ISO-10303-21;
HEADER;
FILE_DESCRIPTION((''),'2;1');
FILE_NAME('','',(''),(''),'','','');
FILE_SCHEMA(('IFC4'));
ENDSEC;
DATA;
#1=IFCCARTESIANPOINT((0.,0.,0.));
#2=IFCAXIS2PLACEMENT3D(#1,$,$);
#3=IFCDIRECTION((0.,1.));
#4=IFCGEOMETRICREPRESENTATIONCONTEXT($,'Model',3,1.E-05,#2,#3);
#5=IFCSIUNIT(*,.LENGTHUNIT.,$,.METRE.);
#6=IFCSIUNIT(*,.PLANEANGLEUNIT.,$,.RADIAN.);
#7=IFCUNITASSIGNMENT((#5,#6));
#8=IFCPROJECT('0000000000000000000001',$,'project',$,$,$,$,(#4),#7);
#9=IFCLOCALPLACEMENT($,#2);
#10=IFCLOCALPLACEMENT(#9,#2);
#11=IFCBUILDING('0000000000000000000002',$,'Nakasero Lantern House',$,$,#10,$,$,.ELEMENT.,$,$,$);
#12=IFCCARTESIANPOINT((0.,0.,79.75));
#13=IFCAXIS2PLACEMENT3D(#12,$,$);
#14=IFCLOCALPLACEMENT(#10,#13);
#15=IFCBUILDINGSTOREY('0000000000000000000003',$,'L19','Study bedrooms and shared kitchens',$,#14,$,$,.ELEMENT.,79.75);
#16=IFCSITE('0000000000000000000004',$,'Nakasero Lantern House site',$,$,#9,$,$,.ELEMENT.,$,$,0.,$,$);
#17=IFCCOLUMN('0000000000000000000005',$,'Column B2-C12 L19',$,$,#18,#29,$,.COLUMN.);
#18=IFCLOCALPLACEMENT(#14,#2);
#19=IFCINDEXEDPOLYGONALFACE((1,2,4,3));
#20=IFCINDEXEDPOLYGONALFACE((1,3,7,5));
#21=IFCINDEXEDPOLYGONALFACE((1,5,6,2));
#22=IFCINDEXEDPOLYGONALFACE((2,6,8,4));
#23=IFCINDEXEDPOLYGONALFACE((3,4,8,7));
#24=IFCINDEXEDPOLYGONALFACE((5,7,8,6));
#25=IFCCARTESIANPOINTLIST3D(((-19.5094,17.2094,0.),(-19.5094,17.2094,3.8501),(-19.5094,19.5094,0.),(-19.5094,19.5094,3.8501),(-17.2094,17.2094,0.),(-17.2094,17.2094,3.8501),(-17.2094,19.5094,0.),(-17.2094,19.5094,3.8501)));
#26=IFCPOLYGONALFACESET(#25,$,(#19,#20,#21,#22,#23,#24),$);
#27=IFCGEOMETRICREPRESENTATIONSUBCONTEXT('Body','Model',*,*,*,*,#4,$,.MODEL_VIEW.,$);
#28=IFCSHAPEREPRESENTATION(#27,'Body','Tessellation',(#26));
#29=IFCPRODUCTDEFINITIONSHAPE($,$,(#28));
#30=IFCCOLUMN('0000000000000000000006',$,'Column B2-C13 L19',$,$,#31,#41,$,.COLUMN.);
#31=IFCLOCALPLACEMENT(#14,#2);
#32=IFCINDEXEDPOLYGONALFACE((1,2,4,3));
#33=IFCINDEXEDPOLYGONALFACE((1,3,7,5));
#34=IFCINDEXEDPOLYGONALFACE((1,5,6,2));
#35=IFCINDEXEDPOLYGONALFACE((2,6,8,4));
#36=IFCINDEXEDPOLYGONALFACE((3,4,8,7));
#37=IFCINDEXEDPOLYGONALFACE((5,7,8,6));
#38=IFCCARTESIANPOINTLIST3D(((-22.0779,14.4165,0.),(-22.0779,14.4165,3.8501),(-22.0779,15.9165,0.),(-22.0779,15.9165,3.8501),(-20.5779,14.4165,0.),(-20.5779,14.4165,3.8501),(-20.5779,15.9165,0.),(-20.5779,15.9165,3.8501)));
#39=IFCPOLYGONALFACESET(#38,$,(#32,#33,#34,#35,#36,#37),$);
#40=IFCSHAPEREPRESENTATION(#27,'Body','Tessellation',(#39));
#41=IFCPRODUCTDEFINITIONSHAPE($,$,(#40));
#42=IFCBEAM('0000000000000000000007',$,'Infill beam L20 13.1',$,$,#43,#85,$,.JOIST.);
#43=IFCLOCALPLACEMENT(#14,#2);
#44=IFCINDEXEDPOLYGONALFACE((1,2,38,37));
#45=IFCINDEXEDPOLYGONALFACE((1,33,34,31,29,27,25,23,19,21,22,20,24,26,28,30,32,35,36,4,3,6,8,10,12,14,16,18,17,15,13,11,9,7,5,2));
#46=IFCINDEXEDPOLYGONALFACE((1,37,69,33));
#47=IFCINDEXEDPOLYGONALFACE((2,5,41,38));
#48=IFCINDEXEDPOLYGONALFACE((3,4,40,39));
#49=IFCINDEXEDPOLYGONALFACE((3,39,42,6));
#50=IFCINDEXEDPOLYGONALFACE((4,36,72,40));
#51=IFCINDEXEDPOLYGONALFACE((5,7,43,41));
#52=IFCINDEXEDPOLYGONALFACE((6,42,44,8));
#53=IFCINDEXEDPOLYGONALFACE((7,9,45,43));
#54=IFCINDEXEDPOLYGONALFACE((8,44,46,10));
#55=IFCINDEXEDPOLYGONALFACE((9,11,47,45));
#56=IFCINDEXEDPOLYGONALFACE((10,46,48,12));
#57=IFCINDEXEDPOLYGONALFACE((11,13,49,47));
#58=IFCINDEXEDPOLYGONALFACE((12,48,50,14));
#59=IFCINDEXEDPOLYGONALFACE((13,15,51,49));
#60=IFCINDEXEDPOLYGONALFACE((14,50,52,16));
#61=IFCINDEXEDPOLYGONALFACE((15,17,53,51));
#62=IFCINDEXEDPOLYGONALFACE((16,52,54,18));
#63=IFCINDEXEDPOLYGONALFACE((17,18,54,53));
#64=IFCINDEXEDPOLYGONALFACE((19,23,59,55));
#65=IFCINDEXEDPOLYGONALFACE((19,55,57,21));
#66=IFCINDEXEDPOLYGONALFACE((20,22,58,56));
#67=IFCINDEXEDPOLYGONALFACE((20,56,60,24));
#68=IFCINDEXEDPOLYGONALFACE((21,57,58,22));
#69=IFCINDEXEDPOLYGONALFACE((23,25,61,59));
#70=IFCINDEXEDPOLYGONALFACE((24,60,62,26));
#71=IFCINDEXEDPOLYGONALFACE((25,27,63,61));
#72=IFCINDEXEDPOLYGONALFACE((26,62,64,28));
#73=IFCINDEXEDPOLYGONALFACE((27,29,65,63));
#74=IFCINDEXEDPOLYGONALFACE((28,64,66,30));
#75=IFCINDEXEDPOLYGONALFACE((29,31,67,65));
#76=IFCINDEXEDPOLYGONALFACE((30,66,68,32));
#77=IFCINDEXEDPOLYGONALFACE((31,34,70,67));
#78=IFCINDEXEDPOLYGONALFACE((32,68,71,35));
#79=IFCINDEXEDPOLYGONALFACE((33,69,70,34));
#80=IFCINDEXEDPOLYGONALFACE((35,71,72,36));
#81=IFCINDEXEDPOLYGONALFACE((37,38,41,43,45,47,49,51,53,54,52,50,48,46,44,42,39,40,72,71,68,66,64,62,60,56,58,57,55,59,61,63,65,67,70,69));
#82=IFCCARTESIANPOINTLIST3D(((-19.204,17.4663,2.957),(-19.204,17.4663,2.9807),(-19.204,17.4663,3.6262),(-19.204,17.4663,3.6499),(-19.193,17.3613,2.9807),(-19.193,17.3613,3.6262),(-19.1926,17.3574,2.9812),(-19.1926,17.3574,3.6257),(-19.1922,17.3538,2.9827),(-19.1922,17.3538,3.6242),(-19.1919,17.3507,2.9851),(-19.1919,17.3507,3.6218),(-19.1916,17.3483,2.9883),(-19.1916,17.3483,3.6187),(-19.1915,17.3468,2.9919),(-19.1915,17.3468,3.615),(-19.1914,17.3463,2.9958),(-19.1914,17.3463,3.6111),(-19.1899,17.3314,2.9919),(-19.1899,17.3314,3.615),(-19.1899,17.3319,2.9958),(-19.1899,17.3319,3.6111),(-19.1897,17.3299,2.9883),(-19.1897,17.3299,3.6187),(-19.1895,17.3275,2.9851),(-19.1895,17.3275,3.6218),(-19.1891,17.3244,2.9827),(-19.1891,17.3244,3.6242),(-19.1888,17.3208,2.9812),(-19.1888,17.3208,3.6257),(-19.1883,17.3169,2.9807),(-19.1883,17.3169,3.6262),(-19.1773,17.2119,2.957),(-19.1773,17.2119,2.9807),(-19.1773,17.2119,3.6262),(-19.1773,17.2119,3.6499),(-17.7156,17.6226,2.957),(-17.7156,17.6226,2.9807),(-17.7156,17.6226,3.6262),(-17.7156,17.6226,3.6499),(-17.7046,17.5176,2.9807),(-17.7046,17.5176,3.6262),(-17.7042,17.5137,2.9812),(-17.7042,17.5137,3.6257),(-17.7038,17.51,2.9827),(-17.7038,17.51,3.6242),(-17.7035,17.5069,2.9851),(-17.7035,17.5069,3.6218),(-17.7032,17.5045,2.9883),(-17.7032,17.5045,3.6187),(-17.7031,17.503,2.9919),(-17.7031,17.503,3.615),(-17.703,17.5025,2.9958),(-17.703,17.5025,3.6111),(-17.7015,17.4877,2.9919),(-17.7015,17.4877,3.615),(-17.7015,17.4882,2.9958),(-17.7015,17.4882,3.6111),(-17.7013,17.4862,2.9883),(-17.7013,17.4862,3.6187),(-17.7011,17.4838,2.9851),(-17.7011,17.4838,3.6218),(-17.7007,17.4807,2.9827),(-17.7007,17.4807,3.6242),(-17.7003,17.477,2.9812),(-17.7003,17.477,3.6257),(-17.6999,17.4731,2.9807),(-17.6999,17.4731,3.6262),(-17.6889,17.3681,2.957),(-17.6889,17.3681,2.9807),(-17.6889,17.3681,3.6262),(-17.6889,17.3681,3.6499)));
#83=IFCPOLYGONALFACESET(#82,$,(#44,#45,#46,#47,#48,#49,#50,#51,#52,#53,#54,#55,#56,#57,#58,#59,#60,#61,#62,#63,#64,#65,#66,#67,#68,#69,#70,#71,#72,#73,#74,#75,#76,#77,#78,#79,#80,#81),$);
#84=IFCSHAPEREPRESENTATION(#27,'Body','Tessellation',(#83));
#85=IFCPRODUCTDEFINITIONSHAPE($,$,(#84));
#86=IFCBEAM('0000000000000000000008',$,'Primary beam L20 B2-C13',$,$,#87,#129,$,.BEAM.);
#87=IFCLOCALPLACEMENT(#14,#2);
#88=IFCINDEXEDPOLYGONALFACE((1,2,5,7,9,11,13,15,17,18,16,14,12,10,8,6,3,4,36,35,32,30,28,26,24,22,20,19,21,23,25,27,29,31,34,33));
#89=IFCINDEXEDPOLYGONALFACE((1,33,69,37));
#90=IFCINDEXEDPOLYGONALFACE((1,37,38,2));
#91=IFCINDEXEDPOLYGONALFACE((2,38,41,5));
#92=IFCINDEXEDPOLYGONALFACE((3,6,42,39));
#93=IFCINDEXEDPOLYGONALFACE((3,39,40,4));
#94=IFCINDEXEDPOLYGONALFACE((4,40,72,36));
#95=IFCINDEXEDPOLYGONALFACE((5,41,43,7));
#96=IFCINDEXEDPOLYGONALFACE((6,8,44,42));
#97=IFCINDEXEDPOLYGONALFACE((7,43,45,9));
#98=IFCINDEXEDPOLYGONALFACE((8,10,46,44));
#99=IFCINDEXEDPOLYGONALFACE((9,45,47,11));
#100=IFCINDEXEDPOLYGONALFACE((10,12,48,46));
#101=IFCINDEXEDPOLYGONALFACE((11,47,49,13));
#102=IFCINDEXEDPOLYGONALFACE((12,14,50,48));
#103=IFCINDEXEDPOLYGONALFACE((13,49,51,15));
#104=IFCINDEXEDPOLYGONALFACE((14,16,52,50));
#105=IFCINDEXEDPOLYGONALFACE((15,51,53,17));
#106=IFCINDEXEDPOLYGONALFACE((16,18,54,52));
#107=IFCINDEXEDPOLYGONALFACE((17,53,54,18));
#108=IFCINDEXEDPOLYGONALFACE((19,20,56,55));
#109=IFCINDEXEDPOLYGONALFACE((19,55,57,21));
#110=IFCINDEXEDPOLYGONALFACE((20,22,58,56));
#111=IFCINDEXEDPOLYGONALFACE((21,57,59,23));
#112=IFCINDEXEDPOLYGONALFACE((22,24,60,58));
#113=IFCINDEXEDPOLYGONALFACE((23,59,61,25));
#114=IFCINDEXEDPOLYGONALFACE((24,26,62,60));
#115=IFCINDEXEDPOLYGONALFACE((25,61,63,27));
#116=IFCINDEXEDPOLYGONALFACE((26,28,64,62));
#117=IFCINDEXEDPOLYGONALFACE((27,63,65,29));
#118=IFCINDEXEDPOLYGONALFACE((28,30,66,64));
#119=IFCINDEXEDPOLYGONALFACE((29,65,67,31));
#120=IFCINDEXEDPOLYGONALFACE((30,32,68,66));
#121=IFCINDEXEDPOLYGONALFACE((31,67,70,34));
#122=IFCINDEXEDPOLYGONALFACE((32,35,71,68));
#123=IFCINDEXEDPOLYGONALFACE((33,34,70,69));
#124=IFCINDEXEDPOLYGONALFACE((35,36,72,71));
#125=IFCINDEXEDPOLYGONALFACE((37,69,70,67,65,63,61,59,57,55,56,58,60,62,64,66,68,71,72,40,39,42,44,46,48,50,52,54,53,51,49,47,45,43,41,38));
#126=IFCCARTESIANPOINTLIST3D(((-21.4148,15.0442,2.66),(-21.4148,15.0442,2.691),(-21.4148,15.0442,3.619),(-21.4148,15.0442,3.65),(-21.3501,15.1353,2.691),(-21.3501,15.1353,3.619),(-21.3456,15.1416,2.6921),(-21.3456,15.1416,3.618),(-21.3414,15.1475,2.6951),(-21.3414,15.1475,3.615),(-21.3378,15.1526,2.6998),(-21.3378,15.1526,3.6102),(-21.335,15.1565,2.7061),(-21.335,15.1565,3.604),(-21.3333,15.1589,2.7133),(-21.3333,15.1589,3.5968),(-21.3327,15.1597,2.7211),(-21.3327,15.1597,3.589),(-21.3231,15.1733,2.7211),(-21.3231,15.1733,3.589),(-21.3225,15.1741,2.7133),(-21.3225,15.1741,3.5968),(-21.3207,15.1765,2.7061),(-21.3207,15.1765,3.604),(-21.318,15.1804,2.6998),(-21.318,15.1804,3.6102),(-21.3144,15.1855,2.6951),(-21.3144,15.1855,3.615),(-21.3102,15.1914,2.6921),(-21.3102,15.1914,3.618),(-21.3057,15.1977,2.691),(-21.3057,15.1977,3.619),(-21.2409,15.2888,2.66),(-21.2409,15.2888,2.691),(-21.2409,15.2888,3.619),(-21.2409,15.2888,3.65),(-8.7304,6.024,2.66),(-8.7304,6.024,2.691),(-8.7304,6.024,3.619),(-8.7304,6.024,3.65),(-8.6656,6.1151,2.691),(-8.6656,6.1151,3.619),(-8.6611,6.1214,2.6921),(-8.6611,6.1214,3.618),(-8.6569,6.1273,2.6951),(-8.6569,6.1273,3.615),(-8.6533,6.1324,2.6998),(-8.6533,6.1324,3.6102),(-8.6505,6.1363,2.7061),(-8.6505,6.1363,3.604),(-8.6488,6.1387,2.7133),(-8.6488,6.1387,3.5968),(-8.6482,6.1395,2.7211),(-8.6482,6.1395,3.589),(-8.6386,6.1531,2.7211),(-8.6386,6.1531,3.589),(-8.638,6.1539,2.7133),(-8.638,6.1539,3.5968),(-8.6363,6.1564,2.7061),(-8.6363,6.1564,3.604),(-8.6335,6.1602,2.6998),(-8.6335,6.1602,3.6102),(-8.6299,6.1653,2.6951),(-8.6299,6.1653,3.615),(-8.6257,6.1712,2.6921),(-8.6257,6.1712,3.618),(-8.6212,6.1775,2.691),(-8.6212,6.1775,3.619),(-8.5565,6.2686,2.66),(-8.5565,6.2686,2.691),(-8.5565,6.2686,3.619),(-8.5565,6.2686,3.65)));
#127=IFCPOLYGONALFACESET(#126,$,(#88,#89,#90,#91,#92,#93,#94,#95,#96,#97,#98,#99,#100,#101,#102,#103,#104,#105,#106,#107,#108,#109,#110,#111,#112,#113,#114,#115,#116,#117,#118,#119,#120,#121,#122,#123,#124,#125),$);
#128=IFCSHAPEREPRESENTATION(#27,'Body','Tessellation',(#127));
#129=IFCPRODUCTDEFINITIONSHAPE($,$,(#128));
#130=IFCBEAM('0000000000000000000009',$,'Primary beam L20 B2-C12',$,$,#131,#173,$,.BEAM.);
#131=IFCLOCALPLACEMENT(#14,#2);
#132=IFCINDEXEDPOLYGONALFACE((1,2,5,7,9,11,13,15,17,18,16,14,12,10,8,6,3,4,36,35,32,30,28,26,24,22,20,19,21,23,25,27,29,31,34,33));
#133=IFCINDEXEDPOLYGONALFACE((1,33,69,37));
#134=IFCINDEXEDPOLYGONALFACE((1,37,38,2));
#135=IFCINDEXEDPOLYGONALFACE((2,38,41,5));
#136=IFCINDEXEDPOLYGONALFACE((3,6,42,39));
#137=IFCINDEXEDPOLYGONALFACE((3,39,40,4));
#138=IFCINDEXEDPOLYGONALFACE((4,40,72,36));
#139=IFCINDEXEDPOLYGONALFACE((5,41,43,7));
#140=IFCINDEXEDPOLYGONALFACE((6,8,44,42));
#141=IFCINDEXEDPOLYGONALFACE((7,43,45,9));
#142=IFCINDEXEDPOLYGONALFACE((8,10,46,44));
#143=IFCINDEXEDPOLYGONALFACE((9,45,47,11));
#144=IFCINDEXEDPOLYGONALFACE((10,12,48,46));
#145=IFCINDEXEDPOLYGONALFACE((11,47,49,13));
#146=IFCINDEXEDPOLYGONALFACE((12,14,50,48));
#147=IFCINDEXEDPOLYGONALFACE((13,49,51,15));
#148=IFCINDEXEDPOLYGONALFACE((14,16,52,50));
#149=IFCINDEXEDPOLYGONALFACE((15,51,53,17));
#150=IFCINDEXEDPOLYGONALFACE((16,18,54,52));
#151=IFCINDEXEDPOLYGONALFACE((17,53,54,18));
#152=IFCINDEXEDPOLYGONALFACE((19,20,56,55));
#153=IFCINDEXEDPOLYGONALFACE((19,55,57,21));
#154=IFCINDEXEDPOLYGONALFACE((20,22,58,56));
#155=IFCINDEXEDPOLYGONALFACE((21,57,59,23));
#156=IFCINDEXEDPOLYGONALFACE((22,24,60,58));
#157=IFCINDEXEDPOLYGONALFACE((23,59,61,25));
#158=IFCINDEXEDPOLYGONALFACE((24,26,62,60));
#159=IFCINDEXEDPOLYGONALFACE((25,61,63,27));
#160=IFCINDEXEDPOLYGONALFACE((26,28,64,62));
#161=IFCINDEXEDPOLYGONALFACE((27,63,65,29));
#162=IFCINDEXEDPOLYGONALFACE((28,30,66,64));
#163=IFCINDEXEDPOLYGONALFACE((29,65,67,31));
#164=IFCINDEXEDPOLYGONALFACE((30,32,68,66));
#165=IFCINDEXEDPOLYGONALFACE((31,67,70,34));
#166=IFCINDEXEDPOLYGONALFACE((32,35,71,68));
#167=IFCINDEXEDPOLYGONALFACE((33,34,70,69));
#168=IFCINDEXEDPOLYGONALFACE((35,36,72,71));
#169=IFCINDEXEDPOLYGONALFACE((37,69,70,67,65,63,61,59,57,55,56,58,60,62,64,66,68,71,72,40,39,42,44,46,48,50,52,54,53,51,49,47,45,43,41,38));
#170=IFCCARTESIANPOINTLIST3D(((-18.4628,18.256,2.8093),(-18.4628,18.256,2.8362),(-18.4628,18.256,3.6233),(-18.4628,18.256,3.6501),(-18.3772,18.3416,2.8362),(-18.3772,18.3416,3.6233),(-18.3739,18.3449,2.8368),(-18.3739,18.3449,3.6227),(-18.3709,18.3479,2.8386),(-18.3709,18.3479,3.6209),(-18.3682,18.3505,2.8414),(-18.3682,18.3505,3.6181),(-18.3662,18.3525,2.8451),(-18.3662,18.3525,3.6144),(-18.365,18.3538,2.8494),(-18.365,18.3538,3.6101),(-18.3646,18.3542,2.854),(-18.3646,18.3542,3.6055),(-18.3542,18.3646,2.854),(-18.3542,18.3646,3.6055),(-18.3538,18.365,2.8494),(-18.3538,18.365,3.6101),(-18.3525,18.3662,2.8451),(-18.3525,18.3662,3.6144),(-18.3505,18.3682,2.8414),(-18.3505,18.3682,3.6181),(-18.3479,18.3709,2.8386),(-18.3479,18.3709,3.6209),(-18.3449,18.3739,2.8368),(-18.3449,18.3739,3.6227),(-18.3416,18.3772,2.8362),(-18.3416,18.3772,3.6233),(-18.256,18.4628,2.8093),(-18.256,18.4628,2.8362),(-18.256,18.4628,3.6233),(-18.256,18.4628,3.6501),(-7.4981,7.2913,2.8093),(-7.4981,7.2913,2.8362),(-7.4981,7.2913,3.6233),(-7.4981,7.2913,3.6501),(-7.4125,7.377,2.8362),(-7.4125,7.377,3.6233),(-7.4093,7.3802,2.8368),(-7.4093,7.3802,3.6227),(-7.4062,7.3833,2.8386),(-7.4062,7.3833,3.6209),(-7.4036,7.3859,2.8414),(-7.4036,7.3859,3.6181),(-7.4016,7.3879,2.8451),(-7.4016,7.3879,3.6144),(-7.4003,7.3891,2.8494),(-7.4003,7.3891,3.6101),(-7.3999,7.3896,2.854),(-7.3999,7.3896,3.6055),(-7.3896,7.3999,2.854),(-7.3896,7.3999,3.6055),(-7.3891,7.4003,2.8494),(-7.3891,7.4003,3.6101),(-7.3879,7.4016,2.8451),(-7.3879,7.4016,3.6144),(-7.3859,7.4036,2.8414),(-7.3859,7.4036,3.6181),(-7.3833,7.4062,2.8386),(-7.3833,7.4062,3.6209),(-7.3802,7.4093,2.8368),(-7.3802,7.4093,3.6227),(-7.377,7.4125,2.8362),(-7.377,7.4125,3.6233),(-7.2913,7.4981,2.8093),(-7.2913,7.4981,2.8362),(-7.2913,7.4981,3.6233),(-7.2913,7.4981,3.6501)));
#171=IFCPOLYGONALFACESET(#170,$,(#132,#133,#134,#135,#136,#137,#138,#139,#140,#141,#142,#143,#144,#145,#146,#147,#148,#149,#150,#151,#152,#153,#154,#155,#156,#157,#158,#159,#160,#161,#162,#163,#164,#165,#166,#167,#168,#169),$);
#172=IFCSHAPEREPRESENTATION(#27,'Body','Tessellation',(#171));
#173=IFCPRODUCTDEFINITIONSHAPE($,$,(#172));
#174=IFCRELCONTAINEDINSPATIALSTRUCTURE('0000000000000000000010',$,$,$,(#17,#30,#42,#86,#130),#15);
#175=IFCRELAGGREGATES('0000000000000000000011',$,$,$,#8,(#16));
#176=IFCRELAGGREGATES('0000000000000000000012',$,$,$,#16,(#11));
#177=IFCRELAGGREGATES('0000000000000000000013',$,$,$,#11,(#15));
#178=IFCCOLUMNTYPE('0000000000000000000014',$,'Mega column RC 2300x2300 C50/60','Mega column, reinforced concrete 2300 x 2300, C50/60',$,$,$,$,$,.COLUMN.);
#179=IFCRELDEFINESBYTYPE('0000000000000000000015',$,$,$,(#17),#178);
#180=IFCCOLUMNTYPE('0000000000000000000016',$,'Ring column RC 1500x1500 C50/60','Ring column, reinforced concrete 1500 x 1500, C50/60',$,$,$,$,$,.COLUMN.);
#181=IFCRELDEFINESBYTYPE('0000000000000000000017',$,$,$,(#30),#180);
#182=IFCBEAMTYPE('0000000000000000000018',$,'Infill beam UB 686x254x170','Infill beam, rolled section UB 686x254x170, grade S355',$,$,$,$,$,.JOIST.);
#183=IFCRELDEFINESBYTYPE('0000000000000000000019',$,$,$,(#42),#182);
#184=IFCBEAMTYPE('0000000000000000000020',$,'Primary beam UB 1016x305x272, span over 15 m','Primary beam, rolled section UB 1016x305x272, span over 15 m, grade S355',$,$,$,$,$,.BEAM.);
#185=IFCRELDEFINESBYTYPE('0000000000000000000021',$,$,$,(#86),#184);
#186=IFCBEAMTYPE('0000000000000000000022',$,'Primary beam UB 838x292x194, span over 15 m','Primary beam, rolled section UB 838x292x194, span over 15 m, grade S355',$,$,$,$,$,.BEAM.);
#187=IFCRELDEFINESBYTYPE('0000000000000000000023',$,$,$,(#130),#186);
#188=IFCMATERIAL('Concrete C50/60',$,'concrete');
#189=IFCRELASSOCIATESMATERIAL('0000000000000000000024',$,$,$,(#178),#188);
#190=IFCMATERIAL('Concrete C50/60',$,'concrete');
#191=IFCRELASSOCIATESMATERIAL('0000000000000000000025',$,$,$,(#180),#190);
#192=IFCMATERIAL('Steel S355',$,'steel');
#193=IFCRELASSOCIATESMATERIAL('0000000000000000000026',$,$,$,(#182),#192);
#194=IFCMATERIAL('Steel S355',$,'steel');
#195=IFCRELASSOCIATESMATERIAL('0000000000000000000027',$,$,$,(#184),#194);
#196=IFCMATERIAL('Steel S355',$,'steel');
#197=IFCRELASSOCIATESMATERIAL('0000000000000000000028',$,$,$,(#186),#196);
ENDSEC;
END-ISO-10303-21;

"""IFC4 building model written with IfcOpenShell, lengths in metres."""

from ifc_helpers import new_model, si_unit, direction, frame, origin, origin_2d, place, context, subcontext, project, spatial, rectangle, i_section, extrude, material, material_profile, profile_set, type_object, element, save


model = new_model("IFC4")

# Units and contexts
model_context = context("Model", 3, precision=1e-05, world=origin(), true_north=direction((0.0, 1.0)))
body_context = subcontext(model_context, "Body", "Model", "MODEL_VIEW")
ifc_project = project(units=[si_unit("LENGTHUNIT", "METRE"), si_unit("PLANEANGLEUNIT", "RADIAN")], contexts=[model_context])

# Site, building, storey
site_placement = place(None, origin())
site = spatial("IfcSite", under=ifc_project, at=site_placement, Name="Nakasero Lantern House site", CompositionType="ELEMENT", RefElevation=0.0)
building_placement = place(site_placement, origin())
building = spatial("IfcBuilding", under=site, at=building_placement, Name="Nakasero Lantern House", CompositionType="ELEMENT")
storey_placement = place(building_placement, frame((0.0, 0.0, 79.75)))
storey = spatial("IfcBuildingStorey", under=building, at=storey_placement, Name="L19", Description="Study bedrooms and shared kitchens", CompositionType="ELEMENT", Elevation=79.75)

# Columns
ifc_material_1 = material(Name="Concrete C50/60", Category="concrete")
ifc_material_profile_1 = material_profile(ifc_material_1, rectangle(XDim=2.3, YDim=2.3, at=origin_2d()), Name="RC 2300x2300")
ifc_profile_set_1 = profile_set([ifc_material_profile_1], Name="Concrete C50/60")
column_type_1 = type_object("IfcColumnType", Name="Mega column RC 2300x2300 C50/60", Description="Mega column, reinforced concrete 2300 x 2300, C50/60", PredefinedType="COLUMN", material=ifc_profile_set_1)
column_1_placement = place(storey_placement, frame((-18.3594, 18.3594, 0.0), z_axis=(0.0, 0.0, 1.0), x_axis=(1.0, 0.0, 0.0)))
element("IfcColumn", 1, at=column_1_placement, inside=storey, type_object=column_type_1, Name="Column B2-C12 L19", PredefinedType="COLUMN", context=body_context, shape_type="SweptSolid", body=[
    extrude(rectangle(XDim=2.3, YDim=2.3, at=origin_2d()), origin(), (0.0, 0.0, 1.0), 3.8501),
])
ifc_material_2 = material(Name="Concrete C50/60", Category="concrete")
ifc_material_profile_2 = material_profile(ifc_material_2, rectangle(XDim=1.5, YDim=1.5, at=origin_2d()), Name="RC 1500x1500")
ifc_profile_set_2 = profile_set([ifc_material_profile_2], Name="Concrete C50/60")
column_type_2 = type_object("IfcColumnType", Name="Ring column RC 1500x1500 C50/60", Description="Ring column, reinforced concrete 1500 x 1500, C50/60", PredefinedType="COLUMN", material=ifc_profile_set_2)
column_2_placement = place(storey_placement, frame((-21.3279, 15.1665, 0.0), z_axis=(0.0, 0.0, 1.0), x_axis=(1.0, 0.0, 0.0)))
element("IfcColumn", 2, at=column_2_placement, inside=storey, type_object=column_type_2, Name="Column B2-C13 L19", PredefinedType="COLUMN", context=body_context, shape_type="SweptSolid", body=[
    extrude(rectangle(XDim=1.5, YDim=1.5, at=origin_2d()), origin(), (0.0, 0.0, 1.0), 3.8501),
])

# Beams
ifc_material_3 = material(Name="Steel S355", Category="steel")
ifc_material_profile_3 = material_profile(ifc_material_3, i_section(OverallWidth=0.2559, OverallDepth=0.6929, WebThickness=0.0144, FlangeThickness=0.0237, FilletRadius=0.0151, at=origin_2d()), Name="UB 686x254x170")
ifc_profile_set_3 = profile_set([ifc_material_profile_3], Name="Steel S355")
beam_type_1 = type_object("IfcBeamType", Name="Infill beam UB 686x254x170", Description="Infill beam, rolled section UB 686x254x170, grade S355", PredefinedType="JOIST", material=ifc_profile_set_3)
beam_1_placement = place(storey_placement, frame((-19.1907, 17.3391, 3.3035), z_axis=(0.994536, 0.104396, 0.0), x_axis=(-0.104396, 0.994536, 0.0)))
element("IfcBeam", 3, at=beam_1_placement, inside=storey, type_object=beam_type_1, Name="Infill beam L20 13.1", PredefinedType="JOIST", context=body_context, shape_type="SweptSolid", body=[
    extrude(i_section(OverallWidth=0.2559, OverallDepth=0.6929, WebThickness=0.0144, FlangeThickness=0.0237, FilletRadius=0.0151, at=origin_2d()), origin(), (0.0, 0.0, 1.0), 1.4966),
])
ifc_material_4 = material(Name="Steel S355", Category="steel")
ifc_material_profile_4 = material_profile(ifc_material_4, i_section(OverallWidth=0.3, OverallDepth=0.99, WebThickness=0.0166, FlangeThickness=0.031, FilletRadius=0.03, at=origin_2d()), Name="UB 1016x305x272")
ifc_profile_set_4 = profile_set([ifc_material_profile_4], Name="Steel S355")
beam_type_2 = type_object("IfcBeamType", Name="Primary beam UB 1016x305x272, span over 15 m", Description="Primary beam, rolled section UB 1016x305x272, span over 15 m, grade S355", PredefinedType="BEAM", material=ifc_profile_set_4)
beam_2_placement = place(storey_placement, frame((-21.3279, 15.1665, 3.155), z_axis=(0.814952, -0.579529, 0.0), x_axis=(0.579529, 0.814952, 0.0)))
element("IfcBeam", 4, at=beam_2_placement, inside=storey, type_object=beam_type_2, Name="Primary beam L20 B2-C13", PredefinedType="BEAM", context=body_context, shape_type="SweptSolid", body=[
    extrude(i_section(OverallWidth=0.3, OverallDepth=0.99, WebThickness=0.0166, FlangeThickness=0.031, FilletRadius=0.03, at=origin_2d()), origin(), (0.0, 0.0, 1.0), 15.5647),
])
ifc_material_5 = material(Name="Steel S355", Category="steel")
ifc_material_profile_5 = material_profile(ifc_material_5, i_section(OverallWidth=0.2925, OverallDepth=0.8408, WebThickness=0.0146, FlangeThickness=0.0269, FilletRadius=0.0178, at=origin_2d()), Name="UB 838x292x194")
ifc_profile_set_5 = profile_set([ifc_material_profile_5], Name="Steel S355")
beam_type_3 = type_object("IfcBeamType", Name="Primary beam UB 838x292x194, span over 15 m", Description="Primary beam, rolled section UB 838x292x194, span over 15 m, grade S355", PredefinedType="BEAM", material=ifc_profile_set_5)
beam_3_placement = place(storey_placement, frame((-18.3594, 18.3594, 3.2297), z_axis=(0.707107, -0.707107, 0.0), x_axis=(0.707107, 0.707107, 0.0)))
element("IfcBeam", 5, at=beam_3_placement, inside=storey, type_object=beam_type_3, Name="Primary beam L20 B2-C12", PredefinedType="BEAM", context=body_context, shape_type="SweptSolid", body=[
    extrude(i_section(OverallWidth=0.2925, OverallDepth=0.8408, WebThickness=0.0146, FlangeThickness=0.0269, FilletRadius=0.0178, at=origin_2d()), origin(), (0.0, 0.0, 1.0), 15.5063),
])

save(model, "model.ifc")
